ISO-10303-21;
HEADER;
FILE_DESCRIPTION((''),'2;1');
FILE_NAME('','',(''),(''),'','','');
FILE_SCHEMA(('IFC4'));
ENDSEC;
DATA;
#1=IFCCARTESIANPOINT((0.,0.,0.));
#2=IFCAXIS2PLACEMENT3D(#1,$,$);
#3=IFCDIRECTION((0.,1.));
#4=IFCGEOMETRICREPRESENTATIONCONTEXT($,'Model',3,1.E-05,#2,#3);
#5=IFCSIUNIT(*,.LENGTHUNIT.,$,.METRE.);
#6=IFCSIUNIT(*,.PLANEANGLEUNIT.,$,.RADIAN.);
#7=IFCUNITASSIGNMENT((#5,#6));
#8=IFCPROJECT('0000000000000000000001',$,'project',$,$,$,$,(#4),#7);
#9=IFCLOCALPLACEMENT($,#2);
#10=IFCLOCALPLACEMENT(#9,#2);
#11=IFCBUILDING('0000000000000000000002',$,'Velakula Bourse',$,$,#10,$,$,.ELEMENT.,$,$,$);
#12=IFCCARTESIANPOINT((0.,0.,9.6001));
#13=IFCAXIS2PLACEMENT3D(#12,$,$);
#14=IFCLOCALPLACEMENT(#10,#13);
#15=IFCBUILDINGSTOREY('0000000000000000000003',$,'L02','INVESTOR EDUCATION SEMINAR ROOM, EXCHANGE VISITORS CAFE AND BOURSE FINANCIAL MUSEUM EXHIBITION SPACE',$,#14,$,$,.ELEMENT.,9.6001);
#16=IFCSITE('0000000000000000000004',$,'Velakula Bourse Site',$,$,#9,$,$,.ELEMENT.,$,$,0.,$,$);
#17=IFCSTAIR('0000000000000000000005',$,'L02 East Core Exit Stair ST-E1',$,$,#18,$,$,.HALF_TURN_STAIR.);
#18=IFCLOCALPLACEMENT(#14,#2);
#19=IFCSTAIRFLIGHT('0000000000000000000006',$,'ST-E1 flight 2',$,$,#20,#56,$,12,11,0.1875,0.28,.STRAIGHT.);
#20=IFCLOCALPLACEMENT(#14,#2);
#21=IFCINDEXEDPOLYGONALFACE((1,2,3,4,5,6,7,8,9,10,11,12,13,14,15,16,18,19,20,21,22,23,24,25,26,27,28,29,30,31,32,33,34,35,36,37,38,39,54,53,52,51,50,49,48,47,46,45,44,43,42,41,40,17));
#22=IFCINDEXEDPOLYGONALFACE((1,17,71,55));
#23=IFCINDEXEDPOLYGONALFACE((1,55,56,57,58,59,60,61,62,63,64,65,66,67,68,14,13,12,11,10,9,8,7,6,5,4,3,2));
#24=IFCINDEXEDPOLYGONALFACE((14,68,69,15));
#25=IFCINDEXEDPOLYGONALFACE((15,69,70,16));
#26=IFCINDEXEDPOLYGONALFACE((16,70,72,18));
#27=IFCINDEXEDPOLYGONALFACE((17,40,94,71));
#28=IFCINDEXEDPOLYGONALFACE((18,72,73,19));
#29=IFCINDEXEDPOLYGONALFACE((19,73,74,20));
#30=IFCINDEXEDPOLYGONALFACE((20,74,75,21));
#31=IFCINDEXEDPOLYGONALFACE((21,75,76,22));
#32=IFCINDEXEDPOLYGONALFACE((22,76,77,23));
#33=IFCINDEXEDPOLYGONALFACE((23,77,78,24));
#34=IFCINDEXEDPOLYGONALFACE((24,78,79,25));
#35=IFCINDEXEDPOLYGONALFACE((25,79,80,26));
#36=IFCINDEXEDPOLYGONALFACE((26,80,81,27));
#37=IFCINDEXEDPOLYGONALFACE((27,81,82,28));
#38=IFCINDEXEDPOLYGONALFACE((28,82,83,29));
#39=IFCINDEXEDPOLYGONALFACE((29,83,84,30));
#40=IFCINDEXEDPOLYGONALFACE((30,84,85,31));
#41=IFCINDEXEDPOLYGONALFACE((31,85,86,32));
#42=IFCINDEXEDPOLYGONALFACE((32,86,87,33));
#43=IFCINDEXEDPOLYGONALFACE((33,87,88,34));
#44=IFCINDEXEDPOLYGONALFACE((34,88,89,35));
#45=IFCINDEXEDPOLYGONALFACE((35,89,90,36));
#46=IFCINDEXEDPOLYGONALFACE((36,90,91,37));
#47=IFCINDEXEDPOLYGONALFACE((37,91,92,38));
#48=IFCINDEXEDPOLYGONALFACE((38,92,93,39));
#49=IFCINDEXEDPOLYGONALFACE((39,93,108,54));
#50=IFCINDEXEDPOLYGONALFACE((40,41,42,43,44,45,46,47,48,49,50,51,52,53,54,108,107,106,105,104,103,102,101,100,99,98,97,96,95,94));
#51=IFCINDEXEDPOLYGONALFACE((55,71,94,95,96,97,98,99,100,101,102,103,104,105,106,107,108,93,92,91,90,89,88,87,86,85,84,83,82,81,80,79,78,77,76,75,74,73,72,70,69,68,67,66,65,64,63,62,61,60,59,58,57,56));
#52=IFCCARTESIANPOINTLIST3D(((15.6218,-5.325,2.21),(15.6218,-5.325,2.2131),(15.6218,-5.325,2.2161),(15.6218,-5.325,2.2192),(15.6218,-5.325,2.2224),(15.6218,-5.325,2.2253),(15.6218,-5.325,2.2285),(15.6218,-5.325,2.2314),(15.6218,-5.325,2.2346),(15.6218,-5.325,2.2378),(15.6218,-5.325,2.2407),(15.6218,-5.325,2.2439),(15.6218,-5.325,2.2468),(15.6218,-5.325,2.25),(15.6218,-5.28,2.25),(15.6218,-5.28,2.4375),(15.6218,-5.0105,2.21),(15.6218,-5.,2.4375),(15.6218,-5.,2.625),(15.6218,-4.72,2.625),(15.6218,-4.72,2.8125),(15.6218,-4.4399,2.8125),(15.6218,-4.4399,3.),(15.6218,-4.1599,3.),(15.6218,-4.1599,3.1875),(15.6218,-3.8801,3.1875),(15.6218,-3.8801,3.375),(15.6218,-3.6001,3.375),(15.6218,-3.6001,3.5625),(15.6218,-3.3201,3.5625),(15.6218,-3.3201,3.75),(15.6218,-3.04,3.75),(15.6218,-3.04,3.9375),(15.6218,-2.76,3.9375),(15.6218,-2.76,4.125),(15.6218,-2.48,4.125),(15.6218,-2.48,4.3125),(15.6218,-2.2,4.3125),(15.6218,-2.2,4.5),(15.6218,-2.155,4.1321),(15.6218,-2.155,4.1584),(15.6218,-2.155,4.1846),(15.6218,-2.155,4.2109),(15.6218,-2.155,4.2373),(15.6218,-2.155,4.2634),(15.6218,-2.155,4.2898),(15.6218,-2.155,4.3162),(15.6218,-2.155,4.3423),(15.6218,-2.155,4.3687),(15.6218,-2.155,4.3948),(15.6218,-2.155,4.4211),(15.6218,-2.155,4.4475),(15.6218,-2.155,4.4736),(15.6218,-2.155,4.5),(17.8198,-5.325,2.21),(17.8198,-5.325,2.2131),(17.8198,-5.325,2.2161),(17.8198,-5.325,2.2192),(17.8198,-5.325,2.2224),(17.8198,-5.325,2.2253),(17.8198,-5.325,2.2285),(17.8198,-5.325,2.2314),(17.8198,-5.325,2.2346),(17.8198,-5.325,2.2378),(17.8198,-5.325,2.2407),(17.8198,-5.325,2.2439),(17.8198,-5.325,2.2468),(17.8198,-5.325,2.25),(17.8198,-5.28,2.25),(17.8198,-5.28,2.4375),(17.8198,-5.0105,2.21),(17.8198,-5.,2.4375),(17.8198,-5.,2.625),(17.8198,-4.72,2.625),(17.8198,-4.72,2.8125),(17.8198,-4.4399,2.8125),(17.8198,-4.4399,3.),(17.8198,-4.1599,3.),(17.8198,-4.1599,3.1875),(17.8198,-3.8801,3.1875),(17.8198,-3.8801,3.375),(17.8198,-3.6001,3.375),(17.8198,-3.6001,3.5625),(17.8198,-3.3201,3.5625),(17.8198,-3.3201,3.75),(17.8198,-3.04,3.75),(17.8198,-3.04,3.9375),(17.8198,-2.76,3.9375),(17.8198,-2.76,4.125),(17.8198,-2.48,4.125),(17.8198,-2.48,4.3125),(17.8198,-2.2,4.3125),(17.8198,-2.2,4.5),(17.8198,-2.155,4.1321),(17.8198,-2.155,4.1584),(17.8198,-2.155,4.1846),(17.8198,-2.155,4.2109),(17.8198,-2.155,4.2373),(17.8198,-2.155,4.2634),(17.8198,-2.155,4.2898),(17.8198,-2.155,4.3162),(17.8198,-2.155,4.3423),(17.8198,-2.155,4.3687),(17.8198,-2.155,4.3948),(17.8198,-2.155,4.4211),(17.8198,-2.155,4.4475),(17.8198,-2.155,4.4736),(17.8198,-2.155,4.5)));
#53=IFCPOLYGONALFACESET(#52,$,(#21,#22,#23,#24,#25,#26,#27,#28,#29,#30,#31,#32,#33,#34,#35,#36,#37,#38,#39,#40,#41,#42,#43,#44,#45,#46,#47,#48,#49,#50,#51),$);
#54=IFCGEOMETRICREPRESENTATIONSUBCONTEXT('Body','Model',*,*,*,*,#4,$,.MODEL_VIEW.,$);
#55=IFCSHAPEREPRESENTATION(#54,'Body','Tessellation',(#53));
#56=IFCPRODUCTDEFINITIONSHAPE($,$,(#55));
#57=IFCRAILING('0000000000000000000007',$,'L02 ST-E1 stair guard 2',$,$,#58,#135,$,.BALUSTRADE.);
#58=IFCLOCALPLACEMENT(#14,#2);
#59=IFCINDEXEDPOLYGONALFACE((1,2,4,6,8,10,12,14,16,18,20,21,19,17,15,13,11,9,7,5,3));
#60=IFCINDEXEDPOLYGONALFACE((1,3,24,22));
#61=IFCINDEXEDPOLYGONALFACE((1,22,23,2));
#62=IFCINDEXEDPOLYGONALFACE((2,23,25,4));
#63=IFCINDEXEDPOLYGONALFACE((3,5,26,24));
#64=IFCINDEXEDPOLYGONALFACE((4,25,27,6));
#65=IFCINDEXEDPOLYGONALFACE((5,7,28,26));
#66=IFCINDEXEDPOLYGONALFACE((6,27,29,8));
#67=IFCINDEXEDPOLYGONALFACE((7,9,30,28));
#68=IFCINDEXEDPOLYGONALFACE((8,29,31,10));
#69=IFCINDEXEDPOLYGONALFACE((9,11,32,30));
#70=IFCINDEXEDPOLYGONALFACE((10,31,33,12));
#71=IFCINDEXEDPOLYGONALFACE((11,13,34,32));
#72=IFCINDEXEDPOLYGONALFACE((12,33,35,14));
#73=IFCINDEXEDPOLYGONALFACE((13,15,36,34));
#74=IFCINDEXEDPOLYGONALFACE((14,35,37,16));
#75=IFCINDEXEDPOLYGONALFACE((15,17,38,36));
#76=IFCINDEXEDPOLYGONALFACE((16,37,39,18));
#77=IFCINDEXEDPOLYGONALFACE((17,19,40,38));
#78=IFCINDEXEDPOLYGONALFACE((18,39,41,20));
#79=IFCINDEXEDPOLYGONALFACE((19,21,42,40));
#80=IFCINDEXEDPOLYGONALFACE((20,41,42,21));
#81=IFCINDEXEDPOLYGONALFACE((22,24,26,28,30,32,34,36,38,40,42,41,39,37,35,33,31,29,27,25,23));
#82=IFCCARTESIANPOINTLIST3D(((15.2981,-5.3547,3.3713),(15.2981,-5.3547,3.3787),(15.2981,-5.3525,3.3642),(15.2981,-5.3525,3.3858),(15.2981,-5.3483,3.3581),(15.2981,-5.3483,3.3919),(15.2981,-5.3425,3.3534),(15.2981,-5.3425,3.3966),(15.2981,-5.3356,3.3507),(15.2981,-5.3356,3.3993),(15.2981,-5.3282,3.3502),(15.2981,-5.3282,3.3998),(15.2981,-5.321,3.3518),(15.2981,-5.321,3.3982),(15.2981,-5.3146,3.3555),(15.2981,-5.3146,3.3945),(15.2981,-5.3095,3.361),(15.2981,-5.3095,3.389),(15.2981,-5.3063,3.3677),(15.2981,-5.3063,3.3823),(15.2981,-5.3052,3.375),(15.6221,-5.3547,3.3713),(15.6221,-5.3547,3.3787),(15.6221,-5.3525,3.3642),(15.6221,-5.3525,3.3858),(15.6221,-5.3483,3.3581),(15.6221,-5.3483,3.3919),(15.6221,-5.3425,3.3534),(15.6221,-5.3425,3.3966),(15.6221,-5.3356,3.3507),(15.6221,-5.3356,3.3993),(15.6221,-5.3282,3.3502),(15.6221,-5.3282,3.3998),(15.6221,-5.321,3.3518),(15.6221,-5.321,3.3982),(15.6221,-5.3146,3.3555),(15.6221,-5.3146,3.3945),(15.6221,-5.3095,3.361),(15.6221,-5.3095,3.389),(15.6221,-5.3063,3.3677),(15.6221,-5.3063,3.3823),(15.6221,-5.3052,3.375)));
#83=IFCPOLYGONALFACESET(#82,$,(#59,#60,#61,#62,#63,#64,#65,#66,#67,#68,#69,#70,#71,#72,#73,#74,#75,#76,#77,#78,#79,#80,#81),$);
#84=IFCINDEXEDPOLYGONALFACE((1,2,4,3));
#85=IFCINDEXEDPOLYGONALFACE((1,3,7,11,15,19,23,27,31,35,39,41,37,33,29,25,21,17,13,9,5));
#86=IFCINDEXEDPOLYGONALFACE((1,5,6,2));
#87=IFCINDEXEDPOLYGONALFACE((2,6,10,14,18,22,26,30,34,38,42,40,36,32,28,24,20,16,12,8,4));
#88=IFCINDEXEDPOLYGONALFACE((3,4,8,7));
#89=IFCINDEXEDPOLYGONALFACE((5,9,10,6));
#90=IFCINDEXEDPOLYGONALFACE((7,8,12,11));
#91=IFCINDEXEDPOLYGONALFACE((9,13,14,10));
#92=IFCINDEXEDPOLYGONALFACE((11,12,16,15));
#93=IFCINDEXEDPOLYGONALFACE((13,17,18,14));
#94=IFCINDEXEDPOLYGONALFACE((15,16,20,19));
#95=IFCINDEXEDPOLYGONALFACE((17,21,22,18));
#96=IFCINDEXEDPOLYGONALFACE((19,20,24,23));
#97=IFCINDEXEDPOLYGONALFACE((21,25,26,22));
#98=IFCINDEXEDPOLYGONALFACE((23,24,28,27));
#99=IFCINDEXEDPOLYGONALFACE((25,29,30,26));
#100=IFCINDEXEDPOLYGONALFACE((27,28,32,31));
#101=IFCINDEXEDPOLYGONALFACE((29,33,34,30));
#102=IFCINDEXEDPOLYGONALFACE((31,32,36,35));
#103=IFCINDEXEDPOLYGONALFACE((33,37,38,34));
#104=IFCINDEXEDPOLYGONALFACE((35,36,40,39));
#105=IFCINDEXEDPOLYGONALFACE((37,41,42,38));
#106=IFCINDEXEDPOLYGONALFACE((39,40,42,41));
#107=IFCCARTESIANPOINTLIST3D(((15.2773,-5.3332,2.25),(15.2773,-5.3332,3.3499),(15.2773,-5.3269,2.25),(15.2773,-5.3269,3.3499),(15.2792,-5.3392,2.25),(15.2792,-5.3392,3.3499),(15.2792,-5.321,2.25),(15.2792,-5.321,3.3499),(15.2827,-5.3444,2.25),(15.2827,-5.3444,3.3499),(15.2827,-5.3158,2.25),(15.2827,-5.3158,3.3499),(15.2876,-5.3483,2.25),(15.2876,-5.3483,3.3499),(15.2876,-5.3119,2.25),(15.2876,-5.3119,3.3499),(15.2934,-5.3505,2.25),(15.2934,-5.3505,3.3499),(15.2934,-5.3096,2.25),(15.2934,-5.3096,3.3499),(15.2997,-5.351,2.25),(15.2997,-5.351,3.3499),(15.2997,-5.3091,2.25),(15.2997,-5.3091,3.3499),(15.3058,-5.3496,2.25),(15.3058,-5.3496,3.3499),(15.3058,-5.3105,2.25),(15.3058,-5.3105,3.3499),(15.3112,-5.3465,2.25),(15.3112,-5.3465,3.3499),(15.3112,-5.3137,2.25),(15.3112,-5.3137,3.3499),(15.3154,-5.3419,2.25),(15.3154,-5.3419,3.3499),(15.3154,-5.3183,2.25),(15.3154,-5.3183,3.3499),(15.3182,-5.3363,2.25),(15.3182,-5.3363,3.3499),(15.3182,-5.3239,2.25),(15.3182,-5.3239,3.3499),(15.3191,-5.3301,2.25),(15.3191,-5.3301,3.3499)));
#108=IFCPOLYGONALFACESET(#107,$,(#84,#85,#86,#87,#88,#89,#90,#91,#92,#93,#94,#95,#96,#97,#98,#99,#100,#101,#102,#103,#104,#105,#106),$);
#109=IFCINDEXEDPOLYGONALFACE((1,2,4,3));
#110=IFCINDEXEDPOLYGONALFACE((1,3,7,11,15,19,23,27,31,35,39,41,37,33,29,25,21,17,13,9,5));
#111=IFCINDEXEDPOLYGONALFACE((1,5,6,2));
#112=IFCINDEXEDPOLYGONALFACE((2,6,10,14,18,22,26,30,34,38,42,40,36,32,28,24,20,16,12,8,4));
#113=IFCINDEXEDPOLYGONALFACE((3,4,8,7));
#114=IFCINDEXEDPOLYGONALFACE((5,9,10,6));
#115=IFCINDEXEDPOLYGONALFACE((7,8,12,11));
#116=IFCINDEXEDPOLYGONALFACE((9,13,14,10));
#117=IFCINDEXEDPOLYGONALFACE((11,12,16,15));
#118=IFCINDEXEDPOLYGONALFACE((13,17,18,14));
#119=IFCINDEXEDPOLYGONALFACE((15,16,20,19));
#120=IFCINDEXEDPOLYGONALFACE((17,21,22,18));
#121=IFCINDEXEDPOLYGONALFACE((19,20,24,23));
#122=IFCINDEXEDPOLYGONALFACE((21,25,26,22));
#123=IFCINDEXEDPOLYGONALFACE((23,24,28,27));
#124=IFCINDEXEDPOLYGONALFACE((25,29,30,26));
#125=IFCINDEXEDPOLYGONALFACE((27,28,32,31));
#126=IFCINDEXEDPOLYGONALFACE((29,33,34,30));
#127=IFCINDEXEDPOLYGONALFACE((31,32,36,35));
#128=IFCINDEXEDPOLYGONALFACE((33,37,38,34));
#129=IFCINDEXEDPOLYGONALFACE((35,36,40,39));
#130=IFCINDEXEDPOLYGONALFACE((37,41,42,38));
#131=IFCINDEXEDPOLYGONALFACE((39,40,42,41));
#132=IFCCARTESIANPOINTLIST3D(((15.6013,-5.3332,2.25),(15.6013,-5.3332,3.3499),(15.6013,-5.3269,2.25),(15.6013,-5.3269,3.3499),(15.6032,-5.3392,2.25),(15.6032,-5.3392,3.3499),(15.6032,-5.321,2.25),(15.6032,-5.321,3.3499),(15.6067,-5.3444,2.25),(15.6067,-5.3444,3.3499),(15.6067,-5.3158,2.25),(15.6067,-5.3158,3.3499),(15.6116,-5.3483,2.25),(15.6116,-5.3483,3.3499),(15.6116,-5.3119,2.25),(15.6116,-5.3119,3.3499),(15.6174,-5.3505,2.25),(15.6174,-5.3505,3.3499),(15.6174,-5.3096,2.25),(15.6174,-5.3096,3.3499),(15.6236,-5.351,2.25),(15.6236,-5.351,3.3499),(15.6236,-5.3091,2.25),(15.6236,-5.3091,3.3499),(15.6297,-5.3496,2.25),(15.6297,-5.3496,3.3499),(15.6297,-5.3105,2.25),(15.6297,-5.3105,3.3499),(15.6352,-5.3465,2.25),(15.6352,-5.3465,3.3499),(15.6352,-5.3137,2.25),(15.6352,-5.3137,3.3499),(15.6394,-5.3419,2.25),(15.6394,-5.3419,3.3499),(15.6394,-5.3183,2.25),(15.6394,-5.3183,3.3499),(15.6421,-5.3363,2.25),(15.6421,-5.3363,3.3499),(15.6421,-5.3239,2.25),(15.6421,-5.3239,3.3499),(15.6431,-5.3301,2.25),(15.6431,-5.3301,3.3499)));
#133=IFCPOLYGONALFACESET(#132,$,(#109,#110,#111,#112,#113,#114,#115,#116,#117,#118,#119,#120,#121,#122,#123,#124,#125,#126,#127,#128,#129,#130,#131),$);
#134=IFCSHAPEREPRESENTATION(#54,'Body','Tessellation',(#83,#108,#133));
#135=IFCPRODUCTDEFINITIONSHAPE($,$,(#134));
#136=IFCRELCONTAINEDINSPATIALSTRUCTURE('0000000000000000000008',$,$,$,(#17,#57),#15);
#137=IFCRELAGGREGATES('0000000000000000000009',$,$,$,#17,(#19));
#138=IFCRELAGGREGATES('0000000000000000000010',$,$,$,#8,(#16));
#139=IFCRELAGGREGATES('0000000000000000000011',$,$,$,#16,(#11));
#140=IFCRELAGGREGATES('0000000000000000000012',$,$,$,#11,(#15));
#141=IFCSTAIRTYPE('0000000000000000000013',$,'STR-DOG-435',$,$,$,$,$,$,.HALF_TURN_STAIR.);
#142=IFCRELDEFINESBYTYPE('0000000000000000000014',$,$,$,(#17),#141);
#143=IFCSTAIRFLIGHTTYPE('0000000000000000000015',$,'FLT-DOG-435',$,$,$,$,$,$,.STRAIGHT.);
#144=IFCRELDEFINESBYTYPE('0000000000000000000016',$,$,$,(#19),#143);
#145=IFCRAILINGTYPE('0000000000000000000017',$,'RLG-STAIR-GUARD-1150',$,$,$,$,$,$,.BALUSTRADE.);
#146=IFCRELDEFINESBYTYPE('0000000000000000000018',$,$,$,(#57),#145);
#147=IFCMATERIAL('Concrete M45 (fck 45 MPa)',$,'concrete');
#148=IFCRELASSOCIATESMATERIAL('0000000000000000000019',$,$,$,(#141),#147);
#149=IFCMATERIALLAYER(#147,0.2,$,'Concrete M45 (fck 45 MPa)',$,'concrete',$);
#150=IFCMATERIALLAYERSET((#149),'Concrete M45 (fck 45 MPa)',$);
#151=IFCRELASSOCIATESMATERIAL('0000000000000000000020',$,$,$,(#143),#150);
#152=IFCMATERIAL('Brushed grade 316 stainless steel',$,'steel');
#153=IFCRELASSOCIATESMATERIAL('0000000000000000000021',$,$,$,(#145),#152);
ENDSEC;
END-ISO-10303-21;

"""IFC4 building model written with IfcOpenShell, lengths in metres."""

from ifc_helpers import new_model, si_unit, direction, frame, origin, origin_2d, place, context, subcontext, project, spatial, polyline, circle, outline, extrude, material, layer, layer_set, type_object, element, aggregate, save


model = new_model("IFC4")

# Units and contexts
model_context = context("Model", 3, precision=1e-05, world=origin(), true_north=direction((0.0, 1.0)))
body_context = subcontext(model_context, "Body", "Model", "MODEL_VIEW")
ifc_project = project(units=[si_unit("LENGTHUNIT", "METRE"), si_unit("PLANEANGLEUNIT", "RADIAN")], contexts=[model_context])

# Site, building, storey
site_placement = place(None, origin())
site = spatial("IfcSite", under=ifc_project, at=site_placement, Name="Velakula Bourse Site", CompositionType="ELEMENT", RefElevation=0.0)
building_placement = place(site_placement, origin())
building = spatial("IfcBuilding", under=site, at=building_placement, Name="Velakula Bourse", CompositionType="ELEMENT")
storey_placement = place(building_placement, frame((0.0, 0.0, 9.6001)))
storey = spatial("IfcBuildingStorey", under=building, at=storey_placement, Name="L02", Description="INVESTOR EDUCATION SEMINAR ROOM, EXCHANGE VISITORS CAFE AND BOURSE FINANCIAL MUSEUM EXHIBITION SPACE", CompositionType="ELEMENT", Elevation=9.6001)

# Shared definitions
ifc_material_1 = material(Name="Brushed grade 316 stainless steel", Category="steel")

# Stair, stair flight
ifc_material_2 = material(Name="Concrete M45 (fck 45 MPa)", Category="concrete")
stair_type = type_object("IfcStairType", Name="STR-DOG-435", PredefinedType="HALF_TURN_STAIR", material=ifc_material_2)
stair_placement = place(storey_placement, origin())
stair = element("IfcStair", 1, at=stair_placement, inside=storey, type_object=stair_type, Name="L02 East Core Exit Stair ST-E1", PredefinedType="HALF_TURN_STAIR")
ifc_layer_1 = layer(ifc_material_2, 0.2, Name="Concrete M45 (fck 45 MPa)", Category="concrete")
ifc_layer_set_1 = layer_set([ifc_layer_1], Name="Concrete M45 (fck 45 MPa)")
stair_flight_type = type_object("IfcStairFlightType", Name="FLT-DOG-435", PredefinedType="STRAIGHT", material=ifc_layer_set_1)
stair_flight_placement = place(storey_placement, frame((16.7209, -5.28, 2.25), z_axis=(0.0, 0.0, 1.0), x_axis=(0.0, 1.0, 0.0)))
stair_flight = element("IfcStairFlight", 2, at=stair_flight_placement, type_object=stair_flight_type, Name="ST-E1 flight 2", NumberOfRisers=12, NumberOfTreads=11, PredefinedType="STRAIGHT", RiserHeight=0.1875, TreadLength=0.28, context=body_context, shape_type="SweptSolid", body=[
    extrude(outline(polyline([(-0.0449, -0.04), (-0.0449, -0.0369), (-0.0449, -0.0339), (-0.0449, -0.0308), (-0.0449, -0.0276), (-0.0449, -0.0247), (-0.0449, -0.0215), (-0.0449, -0.0186), (-0.0449, -0.0154), (-0.0449, -0.0122), (-0.0449, -0.0093), (-0.0449, -0.0061), (-0.0449, -0.0032), (-0.0449, 0.0), (0.0, 0.0), (0.0, 0.1875), (0.28, 0.1875), (0.28, 0.375), (0.5601, 0.375), (0.5601, 0.5625), (0.8401, 0.5625), (0.8401, 0.75), (1.1201, 0.75), (1.1201, 0.9375), (1.3999, 0.9375), (1.3999, 1.125), (1.6799, 1.125), (1.6799, 1.3125), (1.96, 1.3125), (1.96, 1.5), (2.24, 1.5), (2.24, 1.6875), (2.52, 1.6875), (2.52, 1.875), (2.8, 1.875), (2.8, 2.0625), (3.0801, 2.0625), (3.0801, 2.25), (3.125, 2.25), (3.125, 2.2236), (3.125, 2.1975), (3.125, 2.1711), (3.125, 2.1448), (3.125, 2.1187), (3.125, 2.0923), (3.125, 2.0662), (3.125, 2.0398), (3.125, 2.0134), (3.125, 1.9873), (3.125, 1.9609), (3.125, 1.9346), (3.125, 1.9084), (3.125, 1.8821), (0.2695, -0.04), (-0.0449, -0.04)])), frame((0.0, 1.0991, 0.0), z_axis=(0.0, -1.0, 0.0), x_axis=(1.0, 0.0, 0.0)), (0.0, 0.0, 1.0), 2.198),
])
aggregate(stair, [stair_flight])

# Railing
railing_type_1 = type_object("IfcRailingType", Name="RLG-STAIR-GUARD-1150", PredefinedType="BALUSTRADE", material=ifc_material_1)
railing_1_placement = place(storey_placement, frame((15.2981, -5.3301, 2.25)))
element("IfcRailing", 3, at=railing_1_placement, inside=storey, type_object=railing_type_1, Name="L02 ST-E1 stair guard 2", PredefinedType="BALUSTRADE", context=body_context, shape_type="SweptSolid", body=[
    extrude(circle(Radius=0.0249, at=origin_2d()), frame((0.0, 0.0, 1.125), z_axis=(1.0, 0.0, 0.0), x_axis=(0.0, 1.0, 0.0)), (0.0, 0.0, 1.0), 0.324),
    extrude(circle(Radius=0.021, at=origin_2d()), origin(), (0.0, 0.0, 1.0), 1.0999),
    extrude(circle(Radius=0.021, at=origin_2d()), frame((0.324, 0.0, 0.0)), (0.0, 0.0, 1.0), 1.0999),
])

save(model, "model.ifc")
